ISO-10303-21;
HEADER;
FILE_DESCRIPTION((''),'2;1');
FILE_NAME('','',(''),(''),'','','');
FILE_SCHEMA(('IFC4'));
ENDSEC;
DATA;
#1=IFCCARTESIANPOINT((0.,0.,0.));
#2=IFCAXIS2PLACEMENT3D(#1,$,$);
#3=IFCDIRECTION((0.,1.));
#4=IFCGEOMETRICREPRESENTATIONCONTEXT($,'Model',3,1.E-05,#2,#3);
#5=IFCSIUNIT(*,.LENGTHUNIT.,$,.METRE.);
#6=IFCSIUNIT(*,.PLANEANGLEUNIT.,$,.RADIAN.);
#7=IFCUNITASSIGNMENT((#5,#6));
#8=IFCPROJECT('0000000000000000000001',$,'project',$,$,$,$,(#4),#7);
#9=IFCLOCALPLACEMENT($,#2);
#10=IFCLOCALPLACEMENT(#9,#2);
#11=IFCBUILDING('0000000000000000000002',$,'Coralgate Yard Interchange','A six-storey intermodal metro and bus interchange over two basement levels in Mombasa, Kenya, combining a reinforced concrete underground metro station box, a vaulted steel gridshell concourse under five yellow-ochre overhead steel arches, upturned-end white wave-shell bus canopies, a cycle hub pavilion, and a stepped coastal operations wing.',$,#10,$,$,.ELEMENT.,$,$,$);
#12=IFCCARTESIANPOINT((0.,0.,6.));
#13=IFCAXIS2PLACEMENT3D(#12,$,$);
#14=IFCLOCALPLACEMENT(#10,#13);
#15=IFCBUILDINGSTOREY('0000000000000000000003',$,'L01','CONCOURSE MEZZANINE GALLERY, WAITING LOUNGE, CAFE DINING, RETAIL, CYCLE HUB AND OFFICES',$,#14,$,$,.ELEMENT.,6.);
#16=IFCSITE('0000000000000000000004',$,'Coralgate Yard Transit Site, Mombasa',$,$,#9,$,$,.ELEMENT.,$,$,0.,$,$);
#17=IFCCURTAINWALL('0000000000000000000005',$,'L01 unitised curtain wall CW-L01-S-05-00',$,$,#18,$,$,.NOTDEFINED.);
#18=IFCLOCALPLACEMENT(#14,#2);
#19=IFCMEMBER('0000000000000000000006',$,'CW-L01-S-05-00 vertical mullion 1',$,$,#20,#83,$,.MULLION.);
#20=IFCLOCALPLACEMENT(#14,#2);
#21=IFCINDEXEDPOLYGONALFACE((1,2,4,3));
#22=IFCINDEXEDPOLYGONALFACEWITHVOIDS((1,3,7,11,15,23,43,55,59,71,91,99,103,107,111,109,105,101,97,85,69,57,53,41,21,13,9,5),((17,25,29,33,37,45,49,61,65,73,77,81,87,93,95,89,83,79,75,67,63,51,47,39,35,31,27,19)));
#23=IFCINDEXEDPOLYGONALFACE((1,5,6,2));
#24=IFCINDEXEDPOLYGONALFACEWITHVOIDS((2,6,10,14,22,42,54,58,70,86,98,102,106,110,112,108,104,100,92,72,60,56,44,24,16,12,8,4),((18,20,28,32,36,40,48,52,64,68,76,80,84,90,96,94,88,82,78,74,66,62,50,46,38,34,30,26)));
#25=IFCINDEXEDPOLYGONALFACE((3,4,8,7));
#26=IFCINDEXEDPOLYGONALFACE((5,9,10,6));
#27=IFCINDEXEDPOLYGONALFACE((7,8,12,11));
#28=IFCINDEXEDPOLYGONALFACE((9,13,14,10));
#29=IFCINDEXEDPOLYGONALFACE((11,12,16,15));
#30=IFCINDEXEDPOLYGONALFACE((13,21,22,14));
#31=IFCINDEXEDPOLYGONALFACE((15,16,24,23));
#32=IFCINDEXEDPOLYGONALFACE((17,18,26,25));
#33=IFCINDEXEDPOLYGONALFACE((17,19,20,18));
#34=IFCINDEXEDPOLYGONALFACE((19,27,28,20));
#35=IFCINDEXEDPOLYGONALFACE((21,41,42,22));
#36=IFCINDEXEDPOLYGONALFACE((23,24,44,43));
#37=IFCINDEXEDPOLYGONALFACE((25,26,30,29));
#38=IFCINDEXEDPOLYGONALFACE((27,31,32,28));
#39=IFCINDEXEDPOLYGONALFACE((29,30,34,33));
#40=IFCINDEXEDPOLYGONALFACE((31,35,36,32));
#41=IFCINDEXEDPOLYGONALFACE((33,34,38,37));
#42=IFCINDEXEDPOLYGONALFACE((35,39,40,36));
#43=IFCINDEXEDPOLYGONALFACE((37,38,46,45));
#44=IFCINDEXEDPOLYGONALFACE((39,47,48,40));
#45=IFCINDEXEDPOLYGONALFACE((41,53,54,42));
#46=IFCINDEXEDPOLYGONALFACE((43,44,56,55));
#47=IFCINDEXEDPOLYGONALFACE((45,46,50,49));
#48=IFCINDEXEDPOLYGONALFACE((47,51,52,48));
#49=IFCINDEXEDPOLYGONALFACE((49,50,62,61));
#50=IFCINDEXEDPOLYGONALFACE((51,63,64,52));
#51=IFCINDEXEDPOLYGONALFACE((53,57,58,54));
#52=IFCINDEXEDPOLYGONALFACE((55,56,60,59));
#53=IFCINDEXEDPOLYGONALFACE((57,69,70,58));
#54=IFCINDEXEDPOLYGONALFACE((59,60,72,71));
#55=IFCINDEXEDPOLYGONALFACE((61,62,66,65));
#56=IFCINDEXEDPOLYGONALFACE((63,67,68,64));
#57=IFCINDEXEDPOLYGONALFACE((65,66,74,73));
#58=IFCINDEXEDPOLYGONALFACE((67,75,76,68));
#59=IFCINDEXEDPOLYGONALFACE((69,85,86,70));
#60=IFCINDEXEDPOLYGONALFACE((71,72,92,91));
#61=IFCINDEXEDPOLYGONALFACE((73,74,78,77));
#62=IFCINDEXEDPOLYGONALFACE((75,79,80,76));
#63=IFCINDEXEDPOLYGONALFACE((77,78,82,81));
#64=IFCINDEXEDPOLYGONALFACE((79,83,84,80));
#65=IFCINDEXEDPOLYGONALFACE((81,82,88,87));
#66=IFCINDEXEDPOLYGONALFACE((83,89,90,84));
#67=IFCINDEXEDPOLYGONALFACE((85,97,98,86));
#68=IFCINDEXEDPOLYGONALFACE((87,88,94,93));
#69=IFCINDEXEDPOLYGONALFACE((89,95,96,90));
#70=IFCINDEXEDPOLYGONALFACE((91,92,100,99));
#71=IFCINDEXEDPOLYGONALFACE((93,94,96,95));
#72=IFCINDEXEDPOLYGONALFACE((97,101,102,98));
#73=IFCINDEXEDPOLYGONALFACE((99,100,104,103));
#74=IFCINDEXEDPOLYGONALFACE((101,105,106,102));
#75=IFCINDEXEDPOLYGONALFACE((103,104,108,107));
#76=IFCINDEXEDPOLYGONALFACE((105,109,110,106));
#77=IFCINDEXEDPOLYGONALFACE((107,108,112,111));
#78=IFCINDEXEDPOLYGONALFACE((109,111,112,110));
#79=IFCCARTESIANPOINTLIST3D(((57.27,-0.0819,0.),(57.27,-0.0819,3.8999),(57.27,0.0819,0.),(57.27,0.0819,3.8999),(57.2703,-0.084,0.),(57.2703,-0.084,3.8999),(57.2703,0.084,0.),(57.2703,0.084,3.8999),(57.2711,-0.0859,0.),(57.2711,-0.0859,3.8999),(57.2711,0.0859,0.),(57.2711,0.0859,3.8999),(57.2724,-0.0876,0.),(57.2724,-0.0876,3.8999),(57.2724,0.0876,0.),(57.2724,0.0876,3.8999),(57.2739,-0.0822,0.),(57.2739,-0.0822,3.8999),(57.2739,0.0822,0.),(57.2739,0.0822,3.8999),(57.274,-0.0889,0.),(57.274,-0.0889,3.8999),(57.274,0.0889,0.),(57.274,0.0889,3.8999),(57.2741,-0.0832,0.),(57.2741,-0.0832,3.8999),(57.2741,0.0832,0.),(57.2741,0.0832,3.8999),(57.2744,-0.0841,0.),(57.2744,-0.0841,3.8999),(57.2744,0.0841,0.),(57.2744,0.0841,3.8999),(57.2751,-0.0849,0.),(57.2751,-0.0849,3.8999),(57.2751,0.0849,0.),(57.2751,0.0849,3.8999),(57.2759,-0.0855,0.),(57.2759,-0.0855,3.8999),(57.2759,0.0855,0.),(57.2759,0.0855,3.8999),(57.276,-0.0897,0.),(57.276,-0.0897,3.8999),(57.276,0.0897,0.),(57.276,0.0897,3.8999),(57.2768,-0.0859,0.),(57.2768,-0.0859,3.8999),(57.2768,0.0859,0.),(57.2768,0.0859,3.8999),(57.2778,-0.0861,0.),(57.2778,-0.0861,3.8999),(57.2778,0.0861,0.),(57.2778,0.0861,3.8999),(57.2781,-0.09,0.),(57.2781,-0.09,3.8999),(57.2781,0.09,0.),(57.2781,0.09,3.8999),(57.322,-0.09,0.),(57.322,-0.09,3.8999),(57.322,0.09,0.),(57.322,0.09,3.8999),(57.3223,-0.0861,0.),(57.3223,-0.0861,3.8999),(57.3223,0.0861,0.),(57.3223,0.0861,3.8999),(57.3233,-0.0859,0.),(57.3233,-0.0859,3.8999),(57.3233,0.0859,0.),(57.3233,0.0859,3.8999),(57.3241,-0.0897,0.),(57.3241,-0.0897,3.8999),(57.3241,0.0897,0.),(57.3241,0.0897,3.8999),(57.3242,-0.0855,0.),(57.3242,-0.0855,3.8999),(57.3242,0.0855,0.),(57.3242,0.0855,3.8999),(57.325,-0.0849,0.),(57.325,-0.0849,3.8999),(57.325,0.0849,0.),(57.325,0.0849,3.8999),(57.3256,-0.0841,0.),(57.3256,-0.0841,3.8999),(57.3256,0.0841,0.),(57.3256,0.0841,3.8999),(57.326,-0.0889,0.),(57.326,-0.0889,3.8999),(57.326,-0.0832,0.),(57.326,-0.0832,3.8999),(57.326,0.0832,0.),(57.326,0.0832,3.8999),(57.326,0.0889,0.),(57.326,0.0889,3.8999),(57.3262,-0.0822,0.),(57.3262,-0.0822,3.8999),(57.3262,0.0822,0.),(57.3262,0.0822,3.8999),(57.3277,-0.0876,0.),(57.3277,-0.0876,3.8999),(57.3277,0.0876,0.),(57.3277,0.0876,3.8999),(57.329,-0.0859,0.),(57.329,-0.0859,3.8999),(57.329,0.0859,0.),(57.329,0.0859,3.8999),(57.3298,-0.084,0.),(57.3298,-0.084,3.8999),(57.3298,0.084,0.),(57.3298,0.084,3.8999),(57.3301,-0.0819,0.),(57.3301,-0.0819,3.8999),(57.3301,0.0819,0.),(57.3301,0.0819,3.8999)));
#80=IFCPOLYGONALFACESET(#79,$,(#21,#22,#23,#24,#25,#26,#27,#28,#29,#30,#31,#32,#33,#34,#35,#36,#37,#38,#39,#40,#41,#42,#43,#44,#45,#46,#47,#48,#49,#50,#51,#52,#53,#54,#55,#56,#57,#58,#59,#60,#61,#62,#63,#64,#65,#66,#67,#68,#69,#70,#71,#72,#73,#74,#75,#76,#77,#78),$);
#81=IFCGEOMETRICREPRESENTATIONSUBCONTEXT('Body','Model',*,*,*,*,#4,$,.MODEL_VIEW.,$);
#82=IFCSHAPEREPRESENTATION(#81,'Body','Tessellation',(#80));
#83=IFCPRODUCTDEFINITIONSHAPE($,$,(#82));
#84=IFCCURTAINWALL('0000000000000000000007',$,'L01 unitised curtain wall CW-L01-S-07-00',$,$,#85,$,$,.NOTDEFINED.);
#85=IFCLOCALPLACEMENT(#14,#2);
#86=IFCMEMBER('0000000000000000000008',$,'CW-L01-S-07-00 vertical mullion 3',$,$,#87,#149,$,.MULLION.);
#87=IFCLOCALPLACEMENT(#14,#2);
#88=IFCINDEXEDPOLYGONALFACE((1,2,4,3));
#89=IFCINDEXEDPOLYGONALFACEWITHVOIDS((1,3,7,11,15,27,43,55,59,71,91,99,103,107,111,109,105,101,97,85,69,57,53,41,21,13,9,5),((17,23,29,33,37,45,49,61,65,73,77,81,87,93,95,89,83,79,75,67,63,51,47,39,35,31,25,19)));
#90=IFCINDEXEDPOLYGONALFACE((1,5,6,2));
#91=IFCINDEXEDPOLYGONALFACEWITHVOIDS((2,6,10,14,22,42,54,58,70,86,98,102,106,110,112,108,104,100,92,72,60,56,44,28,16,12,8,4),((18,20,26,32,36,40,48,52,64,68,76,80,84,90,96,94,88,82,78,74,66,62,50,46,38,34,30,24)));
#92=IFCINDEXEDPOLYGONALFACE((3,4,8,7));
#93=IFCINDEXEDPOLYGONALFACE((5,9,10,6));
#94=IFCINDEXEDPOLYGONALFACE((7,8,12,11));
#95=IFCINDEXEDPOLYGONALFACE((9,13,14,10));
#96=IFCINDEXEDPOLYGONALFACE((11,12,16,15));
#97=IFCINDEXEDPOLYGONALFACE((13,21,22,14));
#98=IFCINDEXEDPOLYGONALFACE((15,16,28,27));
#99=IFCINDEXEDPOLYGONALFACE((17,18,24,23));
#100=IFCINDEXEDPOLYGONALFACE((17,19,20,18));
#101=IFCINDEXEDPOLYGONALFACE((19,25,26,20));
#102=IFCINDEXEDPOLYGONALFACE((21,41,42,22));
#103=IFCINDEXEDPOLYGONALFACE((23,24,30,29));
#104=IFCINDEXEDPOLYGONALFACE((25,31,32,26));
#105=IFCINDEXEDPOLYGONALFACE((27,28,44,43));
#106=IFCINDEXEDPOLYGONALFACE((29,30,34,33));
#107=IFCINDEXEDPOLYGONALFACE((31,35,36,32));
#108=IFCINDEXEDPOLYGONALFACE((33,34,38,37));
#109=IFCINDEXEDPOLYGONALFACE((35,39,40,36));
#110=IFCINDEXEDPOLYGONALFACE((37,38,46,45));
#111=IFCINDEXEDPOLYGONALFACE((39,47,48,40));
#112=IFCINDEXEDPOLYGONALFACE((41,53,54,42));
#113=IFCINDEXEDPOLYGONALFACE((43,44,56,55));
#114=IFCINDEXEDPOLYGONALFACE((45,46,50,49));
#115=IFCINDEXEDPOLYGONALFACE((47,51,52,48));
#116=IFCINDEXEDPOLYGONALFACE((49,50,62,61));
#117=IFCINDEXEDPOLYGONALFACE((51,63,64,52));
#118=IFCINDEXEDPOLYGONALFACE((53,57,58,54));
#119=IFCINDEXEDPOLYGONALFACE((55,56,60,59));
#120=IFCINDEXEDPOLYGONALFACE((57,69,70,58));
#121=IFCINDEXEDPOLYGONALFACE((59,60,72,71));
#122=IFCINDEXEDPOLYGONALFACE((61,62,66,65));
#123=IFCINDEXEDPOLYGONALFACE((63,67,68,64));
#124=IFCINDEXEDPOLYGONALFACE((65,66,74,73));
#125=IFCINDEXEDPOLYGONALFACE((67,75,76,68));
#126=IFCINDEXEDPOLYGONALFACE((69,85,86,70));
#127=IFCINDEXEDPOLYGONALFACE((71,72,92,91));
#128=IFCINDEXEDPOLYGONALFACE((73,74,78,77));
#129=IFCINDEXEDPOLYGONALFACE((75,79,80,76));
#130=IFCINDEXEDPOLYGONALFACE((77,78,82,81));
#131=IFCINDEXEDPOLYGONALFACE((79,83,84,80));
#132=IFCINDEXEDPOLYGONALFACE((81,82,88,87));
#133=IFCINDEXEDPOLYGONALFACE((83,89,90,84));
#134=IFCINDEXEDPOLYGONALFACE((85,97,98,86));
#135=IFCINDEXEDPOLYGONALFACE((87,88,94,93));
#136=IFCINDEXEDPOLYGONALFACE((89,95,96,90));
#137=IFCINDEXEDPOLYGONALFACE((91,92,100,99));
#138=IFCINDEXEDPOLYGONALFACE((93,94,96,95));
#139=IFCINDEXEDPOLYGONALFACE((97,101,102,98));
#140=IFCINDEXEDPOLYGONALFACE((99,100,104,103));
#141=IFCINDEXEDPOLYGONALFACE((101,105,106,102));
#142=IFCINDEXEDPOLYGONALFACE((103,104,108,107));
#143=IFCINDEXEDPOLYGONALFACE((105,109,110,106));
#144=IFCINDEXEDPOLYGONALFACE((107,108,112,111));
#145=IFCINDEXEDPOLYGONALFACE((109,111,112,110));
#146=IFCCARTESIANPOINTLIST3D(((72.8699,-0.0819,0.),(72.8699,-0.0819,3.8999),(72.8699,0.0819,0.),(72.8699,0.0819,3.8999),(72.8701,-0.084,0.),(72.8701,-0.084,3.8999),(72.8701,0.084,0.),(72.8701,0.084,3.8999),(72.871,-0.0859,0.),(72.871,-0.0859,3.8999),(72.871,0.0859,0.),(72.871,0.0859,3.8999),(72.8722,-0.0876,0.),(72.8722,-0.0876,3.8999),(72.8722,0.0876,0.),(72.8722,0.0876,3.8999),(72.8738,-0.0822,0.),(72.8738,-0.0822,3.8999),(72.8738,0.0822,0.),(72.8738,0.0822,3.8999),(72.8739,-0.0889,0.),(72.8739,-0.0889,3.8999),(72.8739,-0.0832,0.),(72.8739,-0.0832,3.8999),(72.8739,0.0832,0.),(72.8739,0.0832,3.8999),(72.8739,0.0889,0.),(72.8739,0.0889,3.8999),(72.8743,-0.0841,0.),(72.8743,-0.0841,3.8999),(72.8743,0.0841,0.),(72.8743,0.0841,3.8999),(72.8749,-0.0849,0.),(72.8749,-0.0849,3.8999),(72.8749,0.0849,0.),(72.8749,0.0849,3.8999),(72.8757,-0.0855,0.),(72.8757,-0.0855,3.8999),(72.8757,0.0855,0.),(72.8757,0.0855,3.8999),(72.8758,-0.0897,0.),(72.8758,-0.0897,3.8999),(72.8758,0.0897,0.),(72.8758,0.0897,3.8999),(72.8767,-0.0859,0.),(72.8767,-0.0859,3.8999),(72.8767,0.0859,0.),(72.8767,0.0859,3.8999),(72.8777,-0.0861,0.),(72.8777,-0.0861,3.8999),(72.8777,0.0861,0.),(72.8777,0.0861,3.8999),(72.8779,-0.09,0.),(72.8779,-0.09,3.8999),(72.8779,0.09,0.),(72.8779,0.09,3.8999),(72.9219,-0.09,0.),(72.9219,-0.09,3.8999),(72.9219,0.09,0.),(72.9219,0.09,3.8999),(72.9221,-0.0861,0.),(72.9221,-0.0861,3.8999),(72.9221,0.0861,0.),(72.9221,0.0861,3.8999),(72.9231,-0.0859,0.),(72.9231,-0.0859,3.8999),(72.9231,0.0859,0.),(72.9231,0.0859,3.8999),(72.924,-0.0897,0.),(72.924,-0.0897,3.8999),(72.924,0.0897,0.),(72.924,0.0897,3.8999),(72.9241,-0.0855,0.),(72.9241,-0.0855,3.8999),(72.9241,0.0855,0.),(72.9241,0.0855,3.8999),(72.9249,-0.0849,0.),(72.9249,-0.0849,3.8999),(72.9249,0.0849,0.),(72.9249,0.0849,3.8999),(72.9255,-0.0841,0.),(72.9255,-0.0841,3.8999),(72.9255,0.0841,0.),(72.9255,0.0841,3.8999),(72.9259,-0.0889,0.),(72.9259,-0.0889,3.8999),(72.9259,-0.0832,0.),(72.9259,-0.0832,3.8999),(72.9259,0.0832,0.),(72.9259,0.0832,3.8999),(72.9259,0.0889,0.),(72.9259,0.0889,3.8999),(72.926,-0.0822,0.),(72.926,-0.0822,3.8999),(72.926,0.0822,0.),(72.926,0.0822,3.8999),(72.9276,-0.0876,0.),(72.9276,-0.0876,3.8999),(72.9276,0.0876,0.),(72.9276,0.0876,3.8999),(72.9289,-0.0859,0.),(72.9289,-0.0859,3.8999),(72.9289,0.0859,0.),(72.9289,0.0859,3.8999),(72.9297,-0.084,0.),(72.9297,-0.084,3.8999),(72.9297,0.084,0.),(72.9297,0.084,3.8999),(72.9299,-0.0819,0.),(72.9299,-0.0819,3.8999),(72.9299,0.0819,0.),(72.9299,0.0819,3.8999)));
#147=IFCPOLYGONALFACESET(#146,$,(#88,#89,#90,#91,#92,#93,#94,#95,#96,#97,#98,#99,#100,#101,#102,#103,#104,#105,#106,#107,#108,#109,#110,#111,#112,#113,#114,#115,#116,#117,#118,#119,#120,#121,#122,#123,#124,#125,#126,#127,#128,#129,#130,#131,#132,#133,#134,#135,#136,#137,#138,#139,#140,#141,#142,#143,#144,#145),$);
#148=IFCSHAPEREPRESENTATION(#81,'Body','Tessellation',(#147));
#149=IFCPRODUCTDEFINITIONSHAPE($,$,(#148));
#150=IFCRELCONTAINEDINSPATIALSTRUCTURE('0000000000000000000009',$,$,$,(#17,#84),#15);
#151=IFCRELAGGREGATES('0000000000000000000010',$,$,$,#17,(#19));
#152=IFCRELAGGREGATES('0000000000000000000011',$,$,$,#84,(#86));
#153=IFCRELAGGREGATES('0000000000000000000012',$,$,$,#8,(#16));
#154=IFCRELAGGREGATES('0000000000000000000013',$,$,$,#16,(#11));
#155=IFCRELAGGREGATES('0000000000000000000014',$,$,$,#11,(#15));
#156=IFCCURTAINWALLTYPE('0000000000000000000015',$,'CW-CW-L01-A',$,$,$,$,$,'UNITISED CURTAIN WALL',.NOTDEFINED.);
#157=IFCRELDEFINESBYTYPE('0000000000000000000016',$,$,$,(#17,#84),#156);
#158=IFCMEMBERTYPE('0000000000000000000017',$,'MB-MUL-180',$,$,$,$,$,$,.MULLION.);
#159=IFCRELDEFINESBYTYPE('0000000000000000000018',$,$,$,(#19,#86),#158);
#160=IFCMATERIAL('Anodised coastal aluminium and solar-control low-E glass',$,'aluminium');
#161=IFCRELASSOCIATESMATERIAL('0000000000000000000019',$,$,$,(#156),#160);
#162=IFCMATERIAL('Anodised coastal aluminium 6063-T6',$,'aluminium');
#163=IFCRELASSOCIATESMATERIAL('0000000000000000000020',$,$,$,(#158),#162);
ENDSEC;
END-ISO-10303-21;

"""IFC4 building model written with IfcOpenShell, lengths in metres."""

from ifc_helpers import new_model, si_unit, direction, frame, origin, origin_2d, place, context, subcontext, project, spatial, hollow_rectangle, extrude, material, material_profile, profile_set, type_object, element, aggregate, save


model = new_model("IFC4")

# Units and contexts
model_context = context("Model", 3, precision=1e-05, world=origin(), true_north=direction((0.0, 1.0)))
body_context = subcontext(model_context, "Body", "Model", "MODEL_VIEW")
ifc_project = project(units=[si_unit("LENGTHUNIT", "METRE"), si_unit("PLANEANGLEUNIT", "RADIAN")], contexts=[model_context])

# Site, building, storey
site_placement = place(None, origin())
site = spatial("IfcSite", under=ifc_project, at=site_placement, Name="Coralgate Yard Transit Site, Mombasa", CompositionType="ELEMENT", RefElevation=0.0)
building_placement = place(site_placement, origin())
building = spatial("IfcBuilding", under=site, at=building_placement, Name="Coralgate Yard Interchange", Description="A six-storey intermodal metro and bus interchange over two basement levels in Mombasa, Kenya, combining a reinforced concrete underground metro station box, a vaulted steel gridshell concourse under five yellow-ochre overhead steel arches, upturned-end white wave-shell bus canopies, a cycle hub pavilion, and a stepped coastal operations wing.", CompositionType="ELEMENT")
storey_placement = place(building_placement, frame((0.0, 0.0, 6.0)))
storey = spatial("IfcBuildingStorey", under=building, at=storey_placement, Name="L01", Description="CONCOURSE MEZZANINE GALLERY, WAITING LOUNGE, CAFE DINING, RETAIL, CYCLE HUB AND OFFICES", CompositionType="ELEMENT", Elevation=6.0)

# Curtain wall, member
ifc_material_1 = material(Name="Anodised coastal aluminium and solar-control low-E glass", Category="aluminium")
curtain_wall_type = type_object("IfcCurtainWallType", Name="CW-CW-L01-A", ElementType="UNITISED CURTAIN WALL", PredefinedType="NOTDEFINED", material=ifc_material_1)
curtain_wall_1_placement = place(storey_placement, origin())
curtain_wall_1 = element("IfcCurtainWall", 1, at=curtain_wall_1_placement, inside=storey, type_object=curtain_wall_type, Name="L01 unitised curtain wall CW-L01-S-05-00", PredefinedType="NOTDEFINED")
ifc_material_2 = material(Name="Anodised coastal aluminium 6063-T6", Category="aluminium")
ifc_material_profile_1 = material_profile(ifc_material_2, hollow_rectangle(XDim=0.0601, YDim=0.1799, WallThickness=0.0039, InnerFilletRadius=0.0039, OuterFilletRadius=0.0081, at=origin_2d()), Name="ALU 60x180x4")
ifc_profile_set_1 = profile_set([ifc_material_profile_1], Name="Anodised coastal aluminium 6063-T6")
member_type_1 = type_object("IfcMemberType", Name="MB-MUL-180", PredefinedType="MULLION", material=ifc_profile_set_1)
member_1_placement = place(storey_placement, frame((57.3, 0.0, 0.0), z_axis=(0.0, 0.0, 1.0), x_axis=(1.0, 0.0, 0.0)))
member_1 = element("IfcMember", 2, at=member_1_placement, type_object=member_type_1, Name="CW-L01-S-05-00 vertical mullion 1", PredefinedType="MULLION", context=body_context, shape_type="SweptSolid", body=[
    extrude(hollow_rectangle(XDim=0.0601, YDim=0.1799, WallThickness=0.0039, InnerFilletRadius=0.0039, OuterFilletRadius=0.0081, at=origin_2d()), origin(), (0.0, 0.0, 1.0), 3.8999),
])

# Curtain wall, member
curtain_wall_2_placement = place(storey_placement, origin())
curtain_wall_2 = element("IfcCurtainWall", 3, at=curtain_wall_2_placement, inside=storey, type_object=curtain_wall_type, Name="L01 unitised curtain wall CW-L01-S-07-00", PredefinedType="NOTDEFINED")
member_2_placement = place(storey_placement, frame((72.8999, 0.0, 0.0), z_axis=(0.0, 0.0, 1.0), x_axis=(1.0, 0.0, 0.0)))
member_2 = element("IfcMember", 4, at=member_2_placement, type_object=member_type_1, Name="CW-L01-S-07-00 vertical mullion 3", PredefinedType="MULLION", context=body_context, shape_type="SweptSolid", body=[
    extrude(hollow_rectangle(XDim=0.0601, YDim=0.1799, WallThickness=0.0039, InnerFilletRadius=0.0039, OuterFilletRadius=0.0081, at=origin_2d()), origin(), (0.0, 0.0, 1.0), 3.8999),
])

aggregate(curtain_wall_1, [member_1])

aggregate(curtain_wall_2, [member_2])

save(model, "model.ifc")
